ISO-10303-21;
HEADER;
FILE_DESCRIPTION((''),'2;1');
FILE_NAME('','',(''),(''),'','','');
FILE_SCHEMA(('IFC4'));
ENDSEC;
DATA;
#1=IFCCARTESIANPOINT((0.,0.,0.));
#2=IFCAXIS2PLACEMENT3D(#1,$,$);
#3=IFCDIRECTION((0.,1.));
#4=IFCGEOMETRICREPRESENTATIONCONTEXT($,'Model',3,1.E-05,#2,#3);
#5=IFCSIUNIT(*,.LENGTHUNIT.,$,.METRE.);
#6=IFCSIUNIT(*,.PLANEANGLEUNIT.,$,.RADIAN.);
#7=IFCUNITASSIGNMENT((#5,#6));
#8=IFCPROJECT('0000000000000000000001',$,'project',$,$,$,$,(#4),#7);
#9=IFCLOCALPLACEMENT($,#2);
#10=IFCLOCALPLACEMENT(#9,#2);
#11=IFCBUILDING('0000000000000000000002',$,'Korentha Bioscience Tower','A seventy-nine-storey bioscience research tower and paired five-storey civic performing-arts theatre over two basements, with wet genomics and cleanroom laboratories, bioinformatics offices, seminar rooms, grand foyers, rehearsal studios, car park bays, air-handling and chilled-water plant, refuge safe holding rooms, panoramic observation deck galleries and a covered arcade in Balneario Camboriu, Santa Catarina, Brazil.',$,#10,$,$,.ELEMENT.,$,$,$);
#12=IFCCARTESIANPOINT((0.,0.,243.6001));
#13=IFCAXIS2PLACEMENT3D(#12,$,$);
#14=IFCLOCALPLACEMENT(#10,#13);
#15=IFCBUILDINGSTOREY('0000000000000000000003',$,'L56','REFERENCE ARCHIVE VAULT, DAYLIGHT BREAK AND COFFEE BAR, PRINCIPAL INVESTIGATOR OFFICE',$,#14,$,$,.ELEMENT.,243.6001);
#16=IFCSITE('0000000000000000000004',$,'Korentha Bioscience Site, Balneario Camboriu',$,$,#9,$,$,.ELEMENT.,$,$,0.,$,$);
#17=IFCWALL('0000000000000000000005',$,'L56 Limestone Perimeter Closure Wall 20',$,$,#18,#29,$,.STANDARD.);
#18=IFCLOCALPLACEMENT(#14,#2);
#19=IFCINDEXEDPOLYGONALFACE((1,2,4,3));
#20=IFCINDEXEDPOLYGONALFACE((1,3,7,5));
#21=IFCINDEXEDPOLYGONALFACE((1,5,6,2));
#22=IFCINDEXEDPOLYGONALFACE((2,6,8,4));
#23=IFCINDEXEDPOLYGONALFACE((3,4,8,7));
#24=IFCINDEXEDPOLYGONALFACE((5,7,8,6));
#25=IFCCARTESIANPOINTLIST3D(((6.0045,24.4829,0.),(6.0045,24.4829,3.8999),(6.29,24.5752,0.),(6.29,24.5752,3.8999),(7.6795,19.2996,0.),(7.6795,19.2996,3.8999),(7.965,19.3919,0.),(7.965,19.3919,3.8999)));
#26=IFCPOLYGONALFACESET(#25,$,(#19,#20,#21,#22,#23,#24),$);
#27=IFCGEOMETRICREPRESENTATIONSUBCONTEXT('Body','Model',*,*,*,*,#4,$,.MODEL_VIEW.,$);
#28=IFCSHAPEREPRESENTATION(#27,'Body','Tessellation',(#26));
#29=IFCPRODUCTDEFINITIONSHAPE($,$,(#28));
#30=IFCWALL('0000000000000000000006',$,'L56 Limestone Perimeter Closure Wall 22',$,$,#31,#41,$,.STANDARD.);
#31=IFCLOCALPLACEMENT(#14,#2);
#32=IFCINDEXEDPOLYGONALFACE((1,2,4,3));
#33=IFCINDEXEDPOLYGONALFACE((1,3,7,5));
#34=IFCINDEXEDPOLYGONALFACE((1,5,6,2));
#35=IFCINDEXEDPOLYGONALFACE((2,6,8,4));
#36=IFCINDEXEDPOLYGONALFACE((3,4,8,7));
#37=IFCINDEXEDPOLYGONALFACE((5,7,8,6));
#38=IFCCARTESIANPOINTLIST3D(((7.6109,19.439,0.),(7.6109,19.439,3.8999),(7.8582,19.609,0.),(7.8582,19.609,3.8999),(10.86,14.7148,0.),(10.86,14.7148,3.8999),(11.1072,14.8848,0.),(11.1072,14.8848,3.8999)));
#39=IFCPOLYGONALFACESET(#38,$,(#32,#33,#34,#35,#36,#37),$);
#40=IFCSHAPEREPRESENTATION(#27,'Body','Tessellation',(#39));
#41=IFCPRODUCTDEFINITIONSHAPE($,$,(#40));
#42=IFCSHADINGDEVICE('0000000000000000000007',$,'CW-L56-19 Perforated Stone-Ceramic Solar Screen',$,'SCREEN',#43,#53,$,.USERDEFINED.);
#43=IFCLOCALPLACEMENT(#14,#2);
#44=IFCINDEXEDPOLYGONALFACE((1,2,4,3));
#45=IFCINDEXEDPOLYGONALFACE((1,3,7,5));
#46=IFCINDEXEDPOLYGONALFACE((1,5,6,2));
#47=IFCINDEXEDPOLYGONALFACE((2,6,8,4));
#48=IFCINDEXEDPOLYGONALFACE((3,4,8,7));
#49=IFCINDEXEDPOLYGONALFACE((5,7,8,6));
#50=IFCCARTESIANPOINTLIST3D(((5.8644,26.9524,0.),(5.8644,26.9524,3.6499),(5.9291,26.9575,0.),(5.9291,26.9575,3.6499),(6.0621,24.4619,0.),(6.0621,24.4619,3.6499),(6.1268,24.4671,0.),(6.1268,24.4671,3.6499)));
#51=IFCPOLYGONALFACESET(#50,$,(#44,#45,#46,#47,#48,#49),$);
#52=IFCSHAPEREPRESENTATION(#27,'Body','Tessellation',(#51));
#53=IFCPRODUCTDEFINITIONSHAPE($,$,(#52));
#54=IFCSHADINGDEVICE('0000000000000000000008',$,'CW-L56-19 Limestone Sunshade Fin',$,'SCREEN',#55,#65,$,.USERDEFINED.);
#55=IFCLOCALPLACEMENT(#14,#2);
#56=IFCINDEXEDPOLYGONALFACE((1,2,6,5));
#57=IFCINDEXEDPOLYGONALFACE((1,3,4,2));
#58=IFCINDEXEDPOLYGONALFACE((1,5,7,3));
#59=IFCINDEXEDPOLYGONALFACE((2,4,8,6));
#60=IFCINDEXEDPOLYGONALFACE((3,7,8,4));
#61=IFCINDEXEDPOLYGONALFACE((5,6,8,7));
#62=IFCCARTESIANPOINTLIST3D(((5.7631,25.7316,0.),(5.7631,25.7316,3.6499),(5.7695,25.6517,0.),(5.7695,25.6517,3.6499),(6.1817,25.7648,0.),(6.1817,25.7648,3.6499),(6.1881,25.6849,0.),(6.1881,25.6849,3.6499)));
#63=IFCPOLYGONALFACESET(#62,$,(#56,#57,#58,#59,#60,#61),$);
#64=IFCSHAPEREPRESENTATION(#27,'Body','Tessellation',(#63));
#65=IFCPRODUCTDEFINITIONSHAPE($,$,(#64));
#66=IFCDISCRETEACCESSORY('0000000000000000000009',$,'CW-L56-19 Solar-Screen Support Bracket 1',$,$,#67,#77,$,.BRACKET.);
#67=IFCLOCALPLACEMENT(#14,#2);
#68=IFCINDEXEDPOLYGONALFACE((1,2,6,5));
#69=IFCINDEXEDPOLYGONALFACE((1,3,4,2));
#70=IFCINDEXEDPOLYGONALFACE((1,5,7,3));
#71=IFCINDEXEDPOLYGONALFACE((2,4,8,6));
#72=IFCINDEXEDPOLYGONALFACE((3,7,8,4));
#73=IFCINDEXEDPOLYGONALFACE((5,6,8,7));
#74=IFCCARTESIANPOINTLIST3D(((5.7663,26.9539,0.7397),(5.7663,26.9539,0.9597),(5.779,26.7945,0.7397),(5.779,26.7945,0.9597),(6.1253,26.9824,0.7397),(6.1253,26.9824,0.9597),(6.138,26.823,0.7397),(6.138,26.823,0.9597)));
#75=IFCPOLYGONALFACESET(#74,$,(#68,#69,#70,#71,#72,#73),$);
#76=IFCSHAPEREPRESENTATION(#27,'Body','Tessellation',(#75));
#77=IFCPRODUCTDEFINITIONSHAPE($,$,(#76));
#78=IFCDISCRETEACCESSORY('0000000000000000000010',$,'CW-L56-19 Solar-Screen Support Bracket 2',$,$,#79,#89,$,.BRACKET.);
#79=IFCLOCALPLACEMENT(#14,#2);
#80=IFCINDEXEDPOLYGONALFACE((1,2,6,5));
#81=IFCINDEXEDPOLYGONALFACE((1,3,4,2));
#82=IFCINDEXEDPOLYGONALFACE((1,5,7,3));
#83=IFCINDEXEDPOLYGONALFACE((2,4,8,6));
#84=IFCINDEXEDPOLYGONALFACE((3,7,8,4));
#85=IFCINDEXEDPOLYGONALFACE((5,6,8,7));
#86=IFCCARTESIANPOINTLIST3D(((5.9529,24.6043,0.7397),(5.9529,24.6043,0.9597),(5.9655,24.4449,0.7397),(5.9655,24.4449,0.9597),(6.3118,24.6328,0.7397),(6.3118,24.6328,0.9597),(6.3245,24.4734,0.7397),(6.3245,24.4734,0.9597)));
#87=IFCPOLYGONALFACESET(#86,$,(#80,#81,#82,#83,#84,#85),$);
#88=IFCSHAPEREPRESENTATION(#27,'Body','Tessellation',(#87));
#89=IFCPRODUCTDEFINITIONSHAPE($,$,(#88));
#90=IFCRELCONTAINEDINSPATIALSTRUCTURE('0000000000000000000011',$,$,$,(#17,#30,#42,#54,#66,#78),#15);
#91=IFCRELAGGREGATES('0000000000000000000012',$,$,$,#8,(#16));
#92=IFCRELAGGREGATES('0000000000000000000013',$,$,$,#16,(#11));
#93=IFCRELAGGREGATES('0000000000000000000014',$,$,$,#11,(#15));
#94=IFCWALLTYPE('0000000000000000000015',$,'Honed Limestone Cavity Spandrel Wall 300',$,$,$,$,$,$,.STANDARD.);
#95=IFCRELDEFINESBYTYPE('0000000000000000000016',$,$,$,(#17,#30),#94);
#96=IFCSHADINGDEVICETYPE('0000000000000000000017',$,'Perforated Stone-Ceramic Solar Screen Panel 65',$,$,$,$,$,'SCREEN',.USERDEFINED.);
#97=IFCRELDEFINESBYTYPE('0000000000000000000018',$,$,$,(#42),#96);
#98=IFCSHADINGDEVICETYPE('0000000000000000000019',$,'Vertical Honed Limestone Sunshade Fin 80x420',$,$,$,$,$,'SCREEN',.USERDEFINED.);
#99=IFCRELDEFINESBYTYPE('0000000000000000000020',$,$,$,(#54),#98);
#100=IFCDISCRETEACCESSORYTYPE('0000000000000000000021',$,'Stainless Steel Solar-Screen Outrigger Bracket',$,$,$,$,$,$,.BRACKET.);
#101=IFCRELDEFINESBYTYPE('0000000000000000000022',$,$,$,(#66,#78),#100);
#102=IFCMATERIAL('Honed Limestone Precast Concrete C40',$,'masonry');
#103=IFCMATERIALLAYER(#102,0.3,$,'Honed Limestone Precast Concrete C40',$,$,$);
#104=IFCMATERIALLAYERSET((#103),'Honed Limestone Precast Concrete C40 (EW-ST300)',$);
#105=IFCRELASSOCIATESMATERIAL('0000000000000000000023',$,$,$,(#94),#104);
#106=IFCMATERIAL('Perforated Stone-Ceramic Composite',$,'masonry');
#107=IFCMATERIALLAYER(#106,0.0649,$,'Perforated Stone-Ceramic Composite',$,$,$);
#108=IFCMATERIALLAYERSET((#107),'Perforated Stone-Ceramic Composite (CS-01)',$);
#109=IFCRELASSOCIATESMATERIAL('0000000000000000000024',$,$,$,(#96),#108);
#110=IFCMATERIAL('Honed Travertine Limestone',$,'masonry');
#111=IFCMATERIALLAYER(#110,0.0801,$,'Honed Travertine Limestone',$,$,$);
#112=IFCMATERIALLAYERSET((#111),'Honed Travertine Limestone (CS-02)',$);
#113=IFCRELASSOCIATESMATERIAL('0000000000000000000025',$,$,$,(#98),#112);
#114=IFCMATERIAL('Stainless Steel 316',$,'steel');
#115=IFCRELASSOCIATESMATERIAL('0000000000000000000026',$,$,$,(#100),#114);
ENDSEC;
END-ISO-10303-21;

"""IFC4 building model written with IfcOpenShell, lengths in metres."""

from ifc_helpers import new_model, si_unit, direction, frame, frame_2d, origin, origin_2d, place, context, subcontext, project, spatial, rectangle, extrude, material, layer, layer_set, type_object, element, save


model = new_model("IFC4")

# Units and contexts
model_context = context("Model", 3, precision=1e-05, world=origin(), true_north=direction((0.0, 1.0)))
body_context = subcontext(model_context, "Body", "Model", "MODEL_VIEW")
ifc_project = project(units=[si_unit("LENGTHUNIT", "METRE"), si_unit("PLANEANGLEUNIT", "RADIAN")], contexts=[model_context])

# Site, building, storey
site_placement = place(None, origin())
site = spatial("IfcSite", under=ifc_project, at=site_placement, Name="Korentha Bioscience Site, Balneario Camboriu", CompositionType="ELEMENT", RefElevation=0.0)
building_placement = place(site_placement, origin())
building = spatial("IfcBuilding", under=site, at=building_placement, Name="Korentha Bioscience Tower", Description="A seventy-nine-storey bioscience research tower and paired five-storey civic performing-arts theatre over two basements, with wet genomics and cleanroom laboratories, bioinformatics offices, seminar rooms, grand foyers, rehearsal studios, car park bays, air-handling and chilled-water plant, refuge safe holding rooms, panoramic observation deck galleries and a covered arcade in Balneario Camboriu, Santa Catarina, Brazil.", CompositionType="ELEMENT")
storey_placement = place(building_placement, frame((0.0, 0.0, 243.6001)))
storey = spatial("IfcBuildingStorey", under=building, at=storey_placement, Name="L56", Description="REFERENCE ARCHIVE VAULT, DAYLIGHT BREAK AND COFFEE BAR, PRINCIPAL INVESTIGATOR OFFICE", CompositionType="ELEMENT", Elevation=243.6001)

# Shared definitions
ifc_material_1 = material(Name="Honed Limestone Precast Concrete C40", Category="masonry")
ifc_layer_1 = layer(ifc_material_1, 0.3, Name="Honed Limestone Precast Concrete C40")
ifc_layer_set_1 = layer_set([ifc_layer_1], Name="Honed Limestone Precast Concrete C40 (EW-ST300)")
wall_type_1 = type_object("IfcWallType", Name="Honed Limestone Cavity Spandrel Wall 300", PredefinedType="STANDARD", material=ifc_layer_set_1)

# Walls
wall_1_placement = place(storey_placement, frame((6.1472, 24.5291, 0.0), z_axis=(0.0, 0.0, 1.0), x_axis=(0.307502, -0.951548, 0.0)))
element("IfcWall", 1, at=wall_1_placement, inside=storey, type_object=wall_type_1, Name="L56 Limestone Perimeter Closure Wall 20", PredefinedType="STANDARD", context=body_context, shape_type="SweptSolid", body=[
    extrude(rectangle(XDim=5.4473, YDim=0.3, at=frame_2d((2.7236, 0.0))), origin(), (0.0, 0.0, 1.0), 3.8999),
])
wall_2_placement = place(storey_placement, frame((7.7346, 19.5239, 0.0), z_axis=(0.0, 0.0, 1.0), x_axis=(0.56667, -0.823945, 0.0)))
element("IfcWall", 2, at=wall_2_placement, inside=storey, type_object=wall_type_1, Name="L56 Limestone Perimeter Closure Wall 22", PredefinedType="STANDARD", context=body_context, shape_type="SweptSolid", body=[
    extrude(rectangle(XDim=5.7336, YDim=0.3, at=frame_2d((2.8667, 0.0))), origin(), (0.0, 0.0, 1.0), 3.8999),
])

# Shading devices
ifc_material_2 = material(Name="Perforated Stone-Ceramic Composite", Category="masonry")
ifc_layer_2 = layer(ifc_material_2, 0.0649, Name="Perforated Stone-Ceramic Composite")
ifc_layer_set_2 = layer_set([ifc_layer_2], Name="Perforated Stone-Ceramic Composite (CS-01)")
shading_device_type_1 = type_object("IfcShadingDeviceType", Name="Perforated Stone-Ceramic Solar Screen Panel 65", ElementType="SCREEN", PredefinedType="USERDEFINED", material=ifc_layer_set_2)
shading_device_1_placement = place(storey_placement, frame((5.9956, 25.7097, 0.0), z_axis=(0.0, 0.0, 1.0), x_axis=(0.079117, -0.996865, 0.0)))
element("IfcShadingDevice", 3, at=shading_device_1_placement, inside=storey, type_object=shading_device_type_1, Name="CW-L56-19 Perforated Stone-Ceramic Solar Screen", ObjectType="SCREEN", PredefinedType="USERDEFINED", context=body_context, shape_type="SweptSolid", body=[
    extrude(rectangle(XDim=2.4983, YDim=0.0649, at=origin_2d()), origin(), (0.0, 0.0, 1.0), 3.6499),
])
ifc_material_3 = material(Name="Honed Travertine Limestone", Category="masonry")
ifc_layer_3 = layer(ifc_material_3, 0.0801, Name="Honed Travertine Limestone")
ifc_layer_set_3 = layer_set([ifc_layer_3], Name="Honed Travertine Limestone (CS-02)")
shading_device_type_2 = type_object("IfcShadingDeviceType", Name="Vertical Honed Limestone Sunshade Fin 80x420", ElementType="SCREEN", PredefinedType="USERDEFINED", material=ifc_layer_set_3)
shading_device_2_placement = place(storey_placement, frame((5.9756, 25.7083, 0.0), z_axis=(0.0, 0.0, 1.0), x_axis=(0.079117, -0.996865, 0.0)))
element("IfcShadingDevice", 4, at=shading_device_2_placement, inside=storey, type_object=shading_device_type_2, Name="CW-L56-19 Limestone Sunshade Fin", ObjectType="SCREEN", PredefinedType="USERDEFINED", context=body_context, shape_type="SweptSolid", body=[
    extrude(rectangle(XDim=0.0801, YDim=0.4199, at=origin_2d()), origin(), (0.0, 0.0, 1.0), 3.6499),
])

# Discrete accessories
ifc_material_4 = material(Name="Stainless Steel 316", Category="steel")
discrete_accessory_type = type_object("IfcDiscreteAccessoryType", Name="Stainless Steel Solar-Screen Outrigger Bracket", PredefinedType="BRACKET", material=ifc_material_4)
for number, where, z_axis, x_axis, name in (
    (5, (5.9521, 26.8884, 0.7397), (0.0, 0.0, 1.0), (0.079117, -0.996865, 0.0), "CW-L56-19 Solar-Screen Support Bracket 1"),
    (6, (6.1387, 24.5388, 0.7397), (0.0, 0.0, 1.0), (0.079117, -0.996865, 0.0), "CW-L56-19 Solar-Screen Support Bracket 2"),
):
    element("IfcDiscreteAccessory", number, at=place(storey_placement, frame(where, z_axis=z_axis, x_axis=x_axis)), inside=storey, type_object=discrete_accessory_type, Name=name, PredefinedType="BRACKET", context=body_context, shape_type="SweptSolid", body=[
        extrude(rectangle(XDim=0.1599, YDim=0.3601, at=origin_2d()), origin(), (0.0, 0.0, 1.0), 0.22),
    ])

save(model, "model.ifc")
